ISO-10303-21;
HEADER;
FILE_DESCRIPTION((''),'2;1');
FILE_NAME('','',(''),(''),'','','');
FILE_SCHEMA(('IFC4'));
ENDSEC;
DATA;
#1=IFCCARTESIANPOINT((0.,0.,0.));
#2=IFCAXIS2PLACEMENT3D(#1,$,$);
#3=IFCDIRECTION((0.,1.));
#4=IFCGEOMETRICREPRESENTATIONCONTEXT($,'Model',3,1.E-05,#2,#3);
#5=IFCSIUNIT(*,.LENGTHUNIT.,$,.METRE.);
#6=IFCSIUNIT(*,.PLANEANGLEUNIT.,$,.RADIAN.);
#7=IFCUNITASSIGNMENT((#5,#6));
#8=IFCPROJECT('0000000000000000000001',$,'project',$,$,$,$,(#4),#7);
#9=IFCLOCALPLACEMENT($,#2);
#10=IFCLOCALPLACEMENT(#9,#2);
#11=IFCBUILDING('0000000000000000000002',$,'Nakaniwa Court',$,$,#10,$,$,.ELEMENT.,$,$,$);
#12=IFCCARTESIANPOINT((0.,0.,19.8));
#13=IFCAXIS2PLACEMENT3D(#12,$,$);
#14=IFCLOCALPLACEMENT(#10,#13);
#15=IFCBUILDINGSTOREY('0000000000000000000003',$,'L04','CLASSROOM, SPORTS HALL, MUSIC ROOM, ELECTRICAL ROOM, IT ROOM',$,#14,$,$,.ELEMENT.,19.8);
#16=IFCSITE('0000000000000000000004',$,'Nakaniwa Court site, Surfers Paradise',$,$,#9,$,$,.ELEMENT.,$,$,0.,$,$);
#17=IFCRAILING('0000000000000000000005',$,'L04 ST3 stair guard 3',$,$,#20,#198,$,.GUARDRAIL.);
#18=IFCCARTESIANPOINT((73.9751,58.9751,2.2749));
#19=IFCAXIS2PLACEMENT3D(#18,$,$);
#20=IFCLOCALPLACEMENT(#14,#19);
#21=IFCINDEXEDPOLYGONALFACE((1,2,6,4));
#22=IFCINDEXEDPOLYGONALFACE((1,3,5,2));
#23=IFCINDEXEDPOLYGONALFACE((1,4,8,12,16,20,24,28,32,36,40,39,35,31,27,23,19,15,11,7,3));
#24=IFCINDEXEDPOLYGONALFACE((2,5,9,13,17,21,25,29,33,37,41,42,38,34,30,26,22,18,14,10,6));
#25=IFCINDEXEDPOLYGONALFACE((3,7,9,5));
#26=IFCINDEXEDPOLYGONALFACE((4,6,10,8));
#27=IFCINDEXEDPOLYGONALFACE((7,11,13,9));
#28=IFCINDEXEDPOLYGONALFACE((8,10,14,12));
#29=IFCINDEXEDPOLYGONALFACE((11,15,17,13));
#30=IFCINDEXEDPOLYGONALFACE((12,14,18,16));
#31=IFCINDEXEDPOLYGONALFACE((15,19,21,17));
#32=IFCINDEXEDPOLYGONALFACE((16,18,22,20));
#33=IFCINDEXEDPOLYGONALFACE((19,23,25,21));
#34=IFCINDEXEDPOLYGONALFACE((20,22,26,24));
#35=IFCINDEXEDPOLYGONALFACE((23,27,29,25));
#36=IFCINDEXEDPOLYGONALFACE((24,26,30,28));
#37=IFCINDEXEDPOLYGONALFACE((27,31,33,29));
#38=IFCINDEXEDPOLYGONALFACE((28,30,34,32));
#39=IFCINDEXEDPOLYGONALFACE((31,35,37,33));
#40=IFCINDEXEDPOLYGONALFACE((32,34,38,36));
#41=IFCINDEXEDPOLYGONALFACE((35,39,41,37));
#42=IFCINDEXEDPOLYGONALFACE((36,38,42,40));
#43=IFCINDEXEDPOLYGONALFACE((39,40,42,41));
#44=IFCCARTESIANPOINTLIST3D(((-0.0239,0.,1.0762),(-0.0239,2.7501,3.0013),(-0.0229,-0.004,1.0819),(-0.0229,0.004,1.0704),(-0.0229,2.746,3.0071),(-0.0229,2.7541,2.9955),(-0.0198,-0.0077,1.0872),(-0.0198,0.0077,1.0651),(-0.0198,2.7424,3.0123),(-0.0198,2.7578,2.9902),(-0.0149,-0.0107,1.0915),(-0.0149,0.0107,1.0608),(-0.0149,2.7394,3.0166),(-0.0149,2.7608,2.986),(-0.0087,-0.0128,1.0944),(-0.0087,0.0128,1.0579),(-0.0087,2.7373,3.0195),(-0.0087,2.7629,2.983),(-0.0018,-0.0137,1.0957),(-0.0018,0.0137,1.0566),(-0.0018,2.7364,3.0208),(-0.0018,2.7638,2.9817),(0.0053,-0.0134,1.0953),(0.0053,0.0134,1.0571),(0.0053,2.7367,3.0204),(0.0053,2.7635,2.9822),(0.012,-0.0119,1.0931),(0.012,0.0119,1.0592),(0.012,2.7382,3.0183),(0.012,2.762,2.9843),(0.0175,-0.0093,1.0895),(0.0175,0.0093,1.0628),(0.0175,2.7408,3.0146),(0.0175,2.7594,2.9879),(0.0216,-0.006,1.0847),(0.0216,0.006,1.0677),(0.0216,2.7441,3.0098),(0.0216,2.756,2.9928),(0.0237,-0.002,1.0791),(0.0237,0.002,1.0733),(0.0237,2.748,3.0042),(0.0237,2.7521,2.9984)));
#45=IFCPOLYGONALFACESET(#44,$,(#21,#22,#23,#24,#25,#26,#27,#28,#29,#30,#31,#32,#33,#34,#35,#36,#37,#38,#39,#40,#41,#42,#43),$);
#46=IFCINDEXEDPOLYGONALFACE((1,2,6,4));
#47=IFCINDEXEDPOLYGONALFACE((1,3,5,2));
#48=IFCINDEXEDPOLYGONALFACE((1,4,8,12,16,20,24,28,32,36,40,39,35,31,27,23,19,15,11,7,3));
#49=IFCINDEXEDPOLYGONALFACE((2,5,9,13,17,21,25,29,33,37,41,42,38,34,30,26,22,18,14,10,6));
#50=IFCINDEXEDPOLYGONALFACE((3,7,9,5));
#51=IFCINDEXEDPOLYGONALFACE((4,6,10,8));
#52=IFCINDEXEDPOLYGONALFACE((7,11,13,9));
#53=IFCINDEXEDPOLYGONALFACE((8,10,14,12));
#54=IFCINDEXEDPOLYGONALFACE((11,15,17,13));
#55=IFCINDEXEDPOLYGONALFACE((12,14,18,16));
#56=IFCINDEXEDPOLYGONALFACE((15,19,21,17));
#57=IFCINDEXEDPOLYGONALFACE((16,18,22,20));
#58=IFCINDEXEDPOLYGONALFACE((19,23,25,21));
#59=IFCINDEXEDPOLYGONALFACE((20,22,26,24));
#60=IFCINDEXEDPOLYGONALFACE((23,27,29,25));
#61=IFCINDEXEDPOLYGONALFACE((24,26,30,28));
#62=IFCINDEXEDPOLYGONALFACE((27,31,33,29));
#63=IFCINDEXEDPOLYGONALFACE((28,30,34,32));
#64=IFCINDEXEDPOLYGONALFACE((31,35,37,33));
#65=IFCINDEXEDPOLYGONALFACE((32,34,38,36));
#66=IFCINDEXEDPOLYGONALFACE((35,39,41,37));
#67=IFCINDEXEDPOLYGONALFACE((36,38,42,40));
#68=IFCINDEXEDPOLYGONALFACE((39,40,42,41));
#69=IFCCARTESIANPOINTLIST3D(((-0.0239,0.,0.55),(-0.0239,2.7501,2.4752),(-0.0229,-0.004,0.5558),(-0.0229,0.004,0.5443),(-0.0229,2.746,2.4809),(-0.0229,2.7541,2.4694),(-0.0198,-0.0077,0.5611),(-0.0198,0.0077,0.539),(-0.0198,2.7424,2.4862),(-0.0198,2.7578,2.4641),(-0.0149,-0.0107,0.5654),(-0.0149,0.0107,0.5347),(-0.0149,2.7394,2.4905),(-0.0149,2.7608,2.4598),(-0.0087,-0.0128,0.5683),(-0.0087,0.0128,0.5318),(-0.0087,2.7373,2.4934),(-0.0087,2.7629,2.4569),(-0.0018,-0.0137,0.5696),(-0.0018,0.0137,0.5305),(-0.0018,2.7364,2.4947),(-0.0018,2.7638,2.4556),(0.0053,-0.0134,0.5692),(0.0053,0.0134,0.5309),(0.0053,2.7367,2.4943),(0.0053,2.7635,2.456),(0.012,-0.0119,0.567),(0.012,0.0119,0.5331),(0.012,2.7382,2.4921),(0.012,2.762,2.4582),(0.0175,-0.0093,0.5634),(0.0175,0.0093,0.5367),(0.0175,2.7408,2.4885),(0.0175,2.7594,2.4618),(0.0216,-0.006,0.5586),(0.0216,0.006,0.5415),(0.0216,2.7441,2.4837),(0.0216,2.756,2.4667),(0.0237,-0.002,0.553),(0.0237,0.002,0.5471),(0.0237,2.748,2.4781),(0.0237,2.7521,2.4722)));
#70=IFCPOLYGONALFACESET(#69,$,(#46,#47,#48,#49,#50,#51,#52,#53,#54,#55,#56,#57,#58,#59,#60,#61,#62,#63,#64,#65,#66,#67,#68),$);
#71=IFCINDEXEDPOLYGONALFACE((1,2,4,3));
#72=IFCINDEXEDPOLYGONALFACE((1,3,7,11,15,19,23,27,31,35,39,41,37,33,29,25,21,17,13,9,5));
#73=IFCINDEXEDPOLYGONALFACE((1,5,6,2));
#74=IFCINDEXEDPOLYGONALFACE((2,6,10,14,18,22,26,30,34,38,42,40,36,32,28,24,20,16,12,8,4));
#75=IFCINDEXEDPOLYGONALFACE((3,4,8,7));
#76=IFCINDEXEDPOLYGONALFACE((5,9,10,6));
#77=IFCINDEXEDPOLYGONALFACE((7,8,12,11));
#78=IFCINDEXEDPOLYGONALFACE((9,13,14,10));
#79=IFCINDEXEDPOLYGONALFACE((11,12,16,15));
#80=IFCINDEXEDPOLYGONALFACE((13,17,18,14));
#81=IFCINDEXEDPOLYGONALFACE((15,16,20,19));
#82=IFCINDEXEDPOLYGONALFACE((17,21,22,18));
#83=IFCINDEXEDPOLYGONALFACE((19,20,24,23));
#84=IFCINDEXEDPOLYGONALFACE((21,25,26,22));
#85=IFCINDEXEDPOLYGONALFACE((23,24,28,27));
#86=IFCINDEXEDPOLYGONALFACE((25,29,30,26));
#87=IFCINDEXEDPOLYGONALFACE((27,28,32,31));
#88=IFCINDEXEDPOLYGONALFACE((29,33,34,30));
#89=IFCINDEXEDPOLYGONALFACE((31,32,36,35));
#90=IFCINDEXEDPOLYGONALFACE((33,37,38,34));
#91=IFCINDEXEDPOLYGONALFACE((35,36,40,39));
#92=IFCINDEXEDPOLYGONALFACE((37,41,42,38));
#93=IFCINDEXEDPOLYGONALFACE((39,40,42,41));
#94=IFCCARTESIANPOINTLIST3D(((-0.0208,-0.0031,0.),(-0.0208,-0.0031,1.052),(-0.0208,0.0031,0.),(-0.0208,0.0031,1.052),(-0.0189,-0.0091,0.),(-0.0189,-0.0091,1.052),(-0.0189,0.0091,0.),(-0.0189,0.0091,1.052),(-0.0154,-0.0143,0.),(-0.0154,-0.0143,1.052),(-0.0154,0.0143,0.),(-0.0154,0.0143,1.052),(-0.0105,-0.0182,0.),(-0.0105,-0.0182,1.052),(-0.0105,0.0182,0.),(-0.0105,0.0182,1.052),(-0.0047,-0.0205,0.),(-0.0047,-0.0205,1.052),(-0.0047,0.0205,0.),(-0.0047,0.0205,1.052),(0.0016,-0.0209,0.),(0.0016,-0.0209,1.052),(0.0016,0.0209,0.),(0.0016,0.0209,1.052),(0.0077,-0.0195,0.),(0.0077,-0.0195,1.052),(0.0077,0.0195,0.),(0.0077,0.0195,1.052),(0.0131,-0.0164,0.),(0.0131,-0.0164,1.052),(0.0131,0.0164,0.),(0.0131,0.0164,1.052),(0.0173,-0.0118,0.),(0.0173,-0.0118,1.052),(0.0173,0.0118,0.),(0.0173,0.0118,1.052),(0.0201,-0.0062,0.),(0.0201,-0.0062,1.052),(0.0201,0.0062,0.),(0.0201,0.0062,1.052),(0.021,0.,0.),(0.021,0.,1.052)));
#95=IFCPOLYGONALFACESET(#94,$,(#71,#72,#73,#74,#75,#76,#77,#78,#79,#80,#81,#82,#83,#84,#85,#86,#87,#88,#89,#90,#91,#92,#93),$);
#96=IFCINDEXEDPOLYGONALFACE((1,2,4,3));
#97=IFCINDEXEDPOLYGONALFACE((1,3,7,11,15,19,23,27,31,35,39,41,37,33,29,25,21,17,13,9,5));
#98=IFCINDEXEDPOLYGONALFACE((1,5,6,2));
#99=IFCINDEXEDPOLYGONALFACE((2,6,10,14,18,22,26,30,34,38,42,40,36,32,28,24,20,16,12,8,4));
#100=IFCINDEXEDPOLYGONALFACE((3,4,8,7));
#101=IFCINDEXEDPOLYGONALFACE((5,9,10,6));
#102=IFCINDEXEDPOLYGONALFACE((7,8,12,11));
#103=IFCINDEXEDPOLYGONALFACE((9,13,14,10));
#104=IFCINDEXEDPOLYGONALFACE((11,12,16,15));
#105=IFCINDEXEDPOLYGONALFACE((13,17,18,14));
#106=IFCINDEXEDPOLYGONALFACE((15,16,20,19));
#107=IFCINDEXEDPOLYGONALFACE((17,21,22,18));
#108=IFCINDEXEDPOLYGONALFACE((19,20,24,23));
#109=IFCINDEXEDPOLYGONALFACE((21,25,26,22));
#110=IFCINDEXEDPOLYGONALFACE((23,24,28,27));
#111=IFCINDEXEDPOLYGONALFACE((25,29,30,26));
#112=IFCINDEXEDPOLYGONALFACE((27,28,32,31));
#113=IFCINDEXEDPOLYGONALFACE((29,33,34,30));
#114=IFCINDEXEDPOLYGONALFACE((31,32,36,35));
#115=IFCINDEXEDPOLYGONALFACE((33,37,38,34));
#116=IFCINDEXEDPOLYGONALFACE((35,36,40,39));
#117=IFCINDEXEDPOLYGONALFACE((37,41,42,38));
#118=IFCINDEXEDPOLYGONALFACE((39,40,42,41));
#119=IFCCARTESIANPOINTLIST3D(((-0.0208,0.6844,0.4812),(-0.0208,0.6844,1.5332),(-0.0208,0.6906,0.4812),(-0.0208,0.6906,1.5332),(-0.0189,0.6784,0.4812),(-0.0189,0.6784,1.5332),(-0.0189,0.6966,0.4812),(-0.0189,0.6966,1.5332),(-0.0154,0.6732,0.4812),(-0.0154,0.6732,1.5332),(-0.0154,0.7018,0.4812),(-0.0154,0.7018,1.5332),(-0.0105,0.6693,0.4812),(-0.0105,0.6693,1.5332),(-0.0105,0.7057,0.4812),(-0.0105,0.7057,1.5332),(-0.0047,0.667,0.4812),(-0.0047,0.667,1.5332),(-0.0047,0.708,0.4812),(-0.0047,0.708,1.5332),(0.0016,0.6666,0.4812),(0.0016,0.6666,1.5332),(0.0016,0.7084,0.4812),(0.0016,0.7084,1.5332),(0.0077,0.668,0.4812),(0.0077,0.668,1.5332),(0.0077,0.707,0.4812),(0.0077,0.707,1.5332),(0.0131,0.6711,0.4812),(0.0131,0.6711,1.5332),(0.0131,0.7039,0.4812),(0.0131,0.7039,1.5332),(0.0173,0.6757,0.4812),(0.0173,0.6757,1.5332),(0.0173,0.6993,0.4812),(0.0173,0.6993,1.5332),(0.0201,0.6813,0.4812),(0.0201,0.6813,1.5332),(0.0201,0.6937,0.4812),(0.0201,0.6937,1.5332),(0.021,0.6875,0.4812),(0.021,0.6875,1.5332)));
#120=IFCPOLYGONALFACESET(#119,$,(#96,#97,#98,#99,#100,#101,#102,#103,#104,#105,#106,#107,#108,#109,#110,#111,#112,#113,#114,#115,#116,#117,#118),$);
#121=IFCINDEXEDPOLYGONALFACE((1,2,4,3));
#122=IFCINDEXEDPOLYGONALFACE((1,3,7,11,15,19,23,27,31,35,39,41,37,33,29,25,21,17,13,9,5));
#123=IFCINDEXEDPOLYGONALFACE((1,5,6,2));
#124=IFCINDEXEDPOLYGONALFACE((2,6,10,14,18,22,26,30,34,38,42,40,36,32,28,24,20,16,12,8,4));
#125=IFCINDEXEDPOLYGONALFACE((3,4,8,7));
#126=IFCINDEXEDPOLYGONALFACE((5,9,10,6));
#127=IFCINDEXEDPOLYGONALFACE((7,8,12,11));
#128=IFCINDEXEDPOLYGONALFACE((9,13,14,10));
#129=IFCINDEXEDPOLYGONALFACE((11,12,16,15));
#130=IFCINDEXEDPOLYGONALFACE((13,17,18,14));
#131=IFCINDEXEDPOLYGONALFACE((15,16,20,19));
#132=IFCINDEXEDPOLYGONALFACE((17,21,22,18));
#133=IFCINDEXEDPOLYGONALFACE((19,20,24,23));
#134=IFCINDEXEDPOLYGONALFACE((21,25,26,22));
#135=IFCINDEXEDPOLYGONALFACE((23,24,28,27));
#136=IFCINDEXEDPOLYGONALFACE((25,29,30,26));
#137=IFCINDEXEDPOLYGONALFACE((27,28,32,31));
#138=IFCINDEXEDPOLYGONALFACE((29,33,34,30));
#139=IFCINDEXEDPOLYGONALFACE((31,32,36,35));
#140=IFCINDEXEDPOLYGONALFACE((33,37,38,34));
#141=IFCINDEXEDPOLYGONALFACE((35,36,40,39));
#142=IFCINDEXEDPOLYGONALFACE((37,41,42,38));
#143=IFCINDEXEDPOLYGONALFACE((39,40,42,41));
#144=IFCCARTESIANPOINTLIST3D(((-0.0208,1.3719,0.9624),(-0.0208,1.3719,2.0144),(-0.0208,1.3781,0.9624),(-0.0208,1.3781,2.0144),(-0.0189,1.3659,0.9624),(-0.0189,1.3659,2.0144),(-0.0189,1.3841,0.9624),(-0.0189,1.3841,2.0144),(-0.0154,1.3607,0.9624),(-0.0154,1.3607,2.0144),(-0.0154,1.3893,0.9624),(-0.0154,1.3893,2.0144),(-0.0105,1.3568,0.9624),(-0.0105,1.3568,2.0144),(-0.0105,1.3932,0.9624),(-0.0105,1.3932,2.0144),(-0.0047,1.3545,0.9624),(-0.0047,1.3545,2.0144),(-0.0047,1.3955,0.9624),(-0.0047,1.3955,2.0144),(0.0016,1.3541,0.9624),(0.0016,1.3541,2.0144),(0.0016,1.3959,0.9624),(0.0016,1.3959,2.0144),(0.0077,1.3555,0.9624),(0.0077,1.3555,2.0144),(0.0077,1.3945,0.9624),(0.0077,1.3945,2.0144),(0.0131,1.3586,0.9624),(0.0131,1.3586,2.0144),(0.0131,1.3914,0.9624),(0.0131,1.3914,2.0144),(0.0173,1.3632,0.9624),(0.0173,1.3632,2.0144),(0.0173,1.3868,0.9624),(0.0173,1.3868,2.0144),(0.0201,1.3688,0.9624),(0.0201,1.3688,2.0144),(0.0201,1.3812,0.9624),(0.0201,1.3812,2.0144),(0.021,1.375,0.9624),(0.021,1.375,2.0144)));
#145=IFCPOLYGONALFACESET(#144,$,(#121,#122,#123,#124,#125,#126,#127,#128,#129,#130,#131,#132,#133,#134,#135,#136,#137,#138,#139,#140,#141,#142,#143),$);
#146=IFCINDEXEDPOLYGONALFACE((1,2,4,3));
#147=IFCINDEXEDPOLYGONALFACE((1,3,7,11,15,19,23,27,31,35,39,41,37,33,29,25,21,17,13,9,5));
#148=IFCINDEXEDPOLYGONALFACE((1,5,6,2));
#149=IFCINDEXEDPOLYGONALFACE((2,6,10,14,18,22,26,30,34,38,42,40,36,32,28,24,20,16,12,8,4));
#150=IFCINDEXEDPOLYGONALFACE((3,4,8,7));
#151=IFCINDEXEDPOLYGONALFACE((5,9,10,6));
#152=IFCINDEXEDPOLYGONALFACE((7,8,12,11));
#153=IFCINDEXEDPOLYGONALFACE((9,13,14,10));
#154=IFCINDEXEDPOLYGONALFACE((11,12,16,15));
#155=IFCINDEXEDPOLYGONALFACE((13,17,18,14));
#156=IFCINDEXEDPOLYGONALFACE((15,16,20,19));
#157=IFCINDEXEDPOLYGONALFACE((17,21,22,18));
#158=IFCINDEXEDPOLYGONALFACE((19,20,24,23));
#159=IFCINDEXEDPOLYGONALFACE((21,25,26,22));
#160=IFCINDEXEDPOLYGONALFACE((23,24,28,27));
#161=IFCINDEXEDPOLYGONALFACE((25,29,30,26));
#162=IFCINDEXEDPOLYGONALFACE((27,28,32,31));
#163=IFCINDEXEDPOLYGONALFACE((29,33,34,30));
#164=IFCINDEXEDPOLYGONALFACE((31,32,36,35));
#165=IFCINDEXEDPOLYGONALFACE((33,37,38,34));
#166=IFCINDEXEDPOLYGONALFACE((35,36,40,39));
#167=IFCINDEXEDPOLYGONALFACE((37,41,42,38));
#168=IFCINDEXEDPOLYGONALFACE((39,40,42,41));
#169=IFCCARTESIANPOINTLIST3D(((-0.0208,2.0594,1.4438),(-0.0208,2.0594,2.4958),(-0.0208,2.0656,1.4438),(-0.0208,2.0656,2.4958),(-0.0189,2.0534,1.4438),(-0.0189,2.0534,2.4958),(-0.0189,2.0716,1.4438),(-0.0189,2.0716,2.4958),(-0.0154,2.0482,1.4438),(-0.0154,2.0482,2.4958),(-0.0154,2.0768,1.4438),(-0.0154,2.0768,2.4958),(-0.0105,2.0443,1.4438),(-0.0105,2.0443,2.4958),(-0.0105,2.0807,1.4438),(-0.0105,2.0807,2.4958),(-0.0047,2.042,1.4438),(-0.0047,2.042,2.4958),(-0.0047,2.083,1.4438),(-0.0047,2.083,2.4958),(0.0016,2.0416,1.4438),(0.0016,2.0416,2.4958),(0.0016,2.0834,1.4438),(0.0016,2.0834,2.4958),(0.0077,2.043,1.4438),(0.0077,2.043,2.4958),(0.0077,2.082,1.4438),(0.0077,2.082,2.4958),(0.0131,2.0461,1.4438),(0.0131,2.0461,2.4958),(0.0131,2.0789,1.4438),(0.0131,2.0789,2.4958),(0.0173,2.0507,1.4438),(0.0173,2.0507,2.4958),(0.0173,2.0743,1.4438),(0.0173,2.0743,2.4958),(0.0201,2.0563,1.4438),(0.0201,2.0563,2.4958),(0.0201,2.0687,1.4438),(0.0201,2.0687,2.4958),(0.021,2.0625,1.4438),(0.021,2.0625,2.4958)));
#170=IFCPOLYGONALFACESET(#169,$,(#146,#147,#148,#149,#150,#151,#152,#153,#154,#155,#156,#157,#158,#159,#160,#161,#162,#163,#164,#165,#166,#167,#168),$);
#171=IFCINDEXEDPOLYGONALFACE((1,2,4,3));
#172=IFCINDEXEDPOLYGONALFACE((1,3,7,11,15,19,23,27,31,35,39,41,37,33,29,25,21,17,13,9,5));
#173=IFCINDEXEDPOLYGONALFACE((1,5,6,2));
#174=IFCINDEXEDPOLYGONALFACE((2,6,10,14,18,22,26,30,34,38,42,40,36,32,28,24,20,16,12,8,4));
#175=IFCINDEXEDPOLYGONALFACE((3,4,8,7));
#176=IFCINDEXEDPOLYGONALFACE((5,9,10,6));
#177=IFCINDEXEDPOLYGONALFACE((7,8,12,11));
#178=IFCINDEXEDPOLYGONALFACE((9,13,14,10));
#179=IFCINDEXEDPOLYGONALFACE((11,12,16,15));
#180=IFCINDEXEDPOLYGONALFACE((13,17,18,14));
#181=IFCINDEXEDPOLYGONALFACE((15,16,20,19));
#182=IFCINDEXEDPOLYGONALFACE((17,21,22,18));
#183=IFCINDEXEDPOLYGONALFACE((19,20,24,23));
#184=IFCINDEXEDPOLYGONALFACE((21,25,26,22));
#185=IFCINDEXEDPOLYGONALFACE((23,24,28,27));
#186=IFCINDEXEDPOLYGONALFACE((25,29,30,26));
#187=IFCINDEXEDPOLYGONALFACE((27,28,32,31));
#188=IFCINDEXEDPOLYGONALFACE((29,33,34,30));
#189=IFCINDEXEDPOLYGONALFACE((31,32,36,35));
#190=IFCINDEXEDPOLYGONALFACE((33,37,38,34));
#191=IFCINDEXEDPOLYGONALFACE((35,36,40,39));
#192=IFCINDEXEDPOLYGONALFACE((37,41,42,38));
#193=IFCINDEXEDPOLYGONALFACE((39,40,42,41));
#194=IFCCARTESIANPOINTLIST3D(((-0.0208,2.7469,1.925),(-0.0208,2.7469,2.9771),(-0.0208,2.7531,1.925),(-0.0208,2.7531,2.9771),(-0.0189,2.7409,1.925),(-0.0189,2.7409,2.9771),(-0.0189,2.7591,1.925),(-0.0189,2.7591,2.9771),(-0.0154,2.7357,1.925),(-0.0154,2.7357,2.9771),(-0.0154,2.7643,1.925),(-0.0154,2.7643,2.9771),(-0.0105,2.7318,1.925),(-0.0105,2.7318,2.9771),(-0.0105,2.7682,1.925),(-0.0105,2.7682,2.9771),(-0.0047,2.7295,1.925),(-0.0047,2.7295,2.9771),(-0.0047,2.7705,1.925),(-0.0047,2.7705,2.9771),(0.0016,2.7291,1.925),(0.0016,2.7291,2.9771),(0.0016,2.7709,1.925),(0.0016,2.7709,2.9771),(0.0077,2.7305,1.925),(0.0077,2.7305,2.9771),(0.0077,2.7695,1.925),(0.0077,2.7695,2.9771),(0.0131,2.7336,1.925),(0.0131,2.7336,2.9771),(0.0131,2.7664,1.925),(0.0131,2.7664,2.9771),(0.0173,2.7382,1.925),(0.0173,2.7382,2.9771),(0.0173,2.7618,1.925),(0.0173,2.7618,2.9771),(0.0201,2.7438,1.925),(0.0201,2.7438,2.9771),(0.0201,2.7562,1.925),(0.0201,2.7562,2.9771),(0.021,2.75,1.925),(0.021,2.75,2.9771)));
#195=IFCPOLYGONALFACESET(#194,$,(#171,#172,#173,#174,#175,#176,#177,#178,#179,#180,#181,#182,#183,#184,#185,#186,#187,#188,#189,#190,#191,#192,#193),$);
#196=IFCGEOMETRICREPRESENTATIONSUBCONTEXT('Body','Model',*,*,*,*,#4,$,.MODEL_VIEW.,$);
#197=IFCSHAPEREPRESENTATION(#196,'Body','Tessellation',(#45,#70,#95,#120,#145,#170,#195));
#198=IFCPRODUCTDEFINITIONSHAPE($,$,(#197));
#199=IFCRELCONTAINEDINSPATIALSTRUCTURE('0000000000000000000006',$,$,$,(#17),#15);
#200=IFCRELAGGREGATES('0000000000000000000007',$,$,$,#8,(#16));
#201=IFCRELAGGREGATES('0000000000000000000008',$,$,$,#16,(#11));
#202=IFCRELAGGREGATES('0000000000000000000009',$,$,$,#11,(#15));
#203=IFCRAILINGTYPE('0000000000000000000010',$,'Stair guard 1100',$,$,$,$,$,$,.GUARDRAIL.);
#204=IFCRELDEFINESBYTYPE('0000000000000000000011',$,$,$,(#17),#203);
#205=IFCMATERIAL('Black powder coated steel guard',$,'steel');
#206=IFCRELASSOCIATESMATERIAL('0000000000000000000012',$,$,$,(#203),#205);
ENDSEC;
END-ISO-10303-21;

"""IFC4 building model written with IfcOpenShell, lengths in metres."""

from ifc_helpers import new_model, si_unit, direction, frame, origin, origin_2d, place, context, subcontext, project, spatial, circle, extrude, material, type_object, element, save


model = new_model("IFC4")

# Units and contexts
model_context = context("Model", 3, precision=1e-05, world=origin(), true_north=direction((0.0, 1.0)))
body_context = subcontext(model_context, "Body", "Model", "MODEL_VIEW")
ifc_project = project(units=[si_unit("LENGTHUNIT", "METRE"), si_unit("PLANEANGLEUNIT", "RADIAN")], contexts=[model_context])

# Site, building, storey
site_placement = place(None, origin())
site = spatial("IfcSite", under=ifc_project, at=site_placement, Name="Nakaniwa Court site, Surfers Paradise", CompositionType="ELEMENT", RefElevation=0.0)
building_placement = place(site_placement, origin())
building = spatial("IfcBuilding", under=site, at=building_placement, Name="Nakaniwa Court", CompositionType="ELEMENT")
storey_placement = place(building_placement, frame((0.0, 0.0, 19.8)))
storey = spatial("IfcBuildingStorey", under=building, at=storey_placement, Name="L04", Description="CLASSROOM, SPORTS HALL, MUSIC ROOM, ELECTRICAL ROOM, IT ROOM", CompositionType="ELEMENT", Elevation=19.8)

# Railing
ifc_material_1 = material(Name="Black powder coated steel guard", Category="steel")
railing_type_1 = type_object("IfcRailingType", Name="Stair guard 1100", PredefinedType="GUARDRAIL", material=ifc_material_1)
railing_1_placement = place(storey_placement, frame((73.9751, 58.9751, 2.2749)))
element("IfcRailing", 1, at=railing_1_placement, inside=storey, type_object=railing_type_1, Name="L04 ST3 stair guard 3", PredefinedType="GUARDRAIL", context=body_context, shape_type="SweptSolid", body=[
    extrude(circle(Radius=0.0239, at=origin_2d()), frame((0.0, 0.0, 1.0762), z_axis=(0.0, 0.819225, 0.573472), x_axis=(-1.0, 0.0, 0.0)), (0.0, 0.0, 1.0), 3.3569),
    extrude(circle(Radius=0.0239, at=origin_2d()), frame((0.0, 0.0, 0.55), z_axis=(0.0, 0.819225, 0.573472), x_axis=(-1.0, 0.0, 0.0)), (0.0, 0.0, 1.0), 3.3569),
    extrude(circle(Radius=0.021, at=origin_2d()), origin(), (0.0, 0.0, 1.0), 1.052),
    extrude(circle(Radius=0.021, at=origin_2d()), frame((0.0, 0.6875, 0.4812)), (0.0, 0.0, 1.0), 1.052),
    extrude(circle(Radius=0.021, at=origin_2d()), frame((0.0, 1.375, 0.9624)), (0.0, 0.0, 1.0), 1.052),
    extrude(circle(Radius=0.021, at=origin_2d()), frame((0.0, 2.0625, 1.4438)), (0.0, 0.0, 1.0), 1.052),
    extrude(circle(Radius=0.021, at=origin_2d()), frame((0.0, 2.75, 1.925)), (0.0, 0.0, 1.0), 1.052),
])

save(model, "model.ifc")
